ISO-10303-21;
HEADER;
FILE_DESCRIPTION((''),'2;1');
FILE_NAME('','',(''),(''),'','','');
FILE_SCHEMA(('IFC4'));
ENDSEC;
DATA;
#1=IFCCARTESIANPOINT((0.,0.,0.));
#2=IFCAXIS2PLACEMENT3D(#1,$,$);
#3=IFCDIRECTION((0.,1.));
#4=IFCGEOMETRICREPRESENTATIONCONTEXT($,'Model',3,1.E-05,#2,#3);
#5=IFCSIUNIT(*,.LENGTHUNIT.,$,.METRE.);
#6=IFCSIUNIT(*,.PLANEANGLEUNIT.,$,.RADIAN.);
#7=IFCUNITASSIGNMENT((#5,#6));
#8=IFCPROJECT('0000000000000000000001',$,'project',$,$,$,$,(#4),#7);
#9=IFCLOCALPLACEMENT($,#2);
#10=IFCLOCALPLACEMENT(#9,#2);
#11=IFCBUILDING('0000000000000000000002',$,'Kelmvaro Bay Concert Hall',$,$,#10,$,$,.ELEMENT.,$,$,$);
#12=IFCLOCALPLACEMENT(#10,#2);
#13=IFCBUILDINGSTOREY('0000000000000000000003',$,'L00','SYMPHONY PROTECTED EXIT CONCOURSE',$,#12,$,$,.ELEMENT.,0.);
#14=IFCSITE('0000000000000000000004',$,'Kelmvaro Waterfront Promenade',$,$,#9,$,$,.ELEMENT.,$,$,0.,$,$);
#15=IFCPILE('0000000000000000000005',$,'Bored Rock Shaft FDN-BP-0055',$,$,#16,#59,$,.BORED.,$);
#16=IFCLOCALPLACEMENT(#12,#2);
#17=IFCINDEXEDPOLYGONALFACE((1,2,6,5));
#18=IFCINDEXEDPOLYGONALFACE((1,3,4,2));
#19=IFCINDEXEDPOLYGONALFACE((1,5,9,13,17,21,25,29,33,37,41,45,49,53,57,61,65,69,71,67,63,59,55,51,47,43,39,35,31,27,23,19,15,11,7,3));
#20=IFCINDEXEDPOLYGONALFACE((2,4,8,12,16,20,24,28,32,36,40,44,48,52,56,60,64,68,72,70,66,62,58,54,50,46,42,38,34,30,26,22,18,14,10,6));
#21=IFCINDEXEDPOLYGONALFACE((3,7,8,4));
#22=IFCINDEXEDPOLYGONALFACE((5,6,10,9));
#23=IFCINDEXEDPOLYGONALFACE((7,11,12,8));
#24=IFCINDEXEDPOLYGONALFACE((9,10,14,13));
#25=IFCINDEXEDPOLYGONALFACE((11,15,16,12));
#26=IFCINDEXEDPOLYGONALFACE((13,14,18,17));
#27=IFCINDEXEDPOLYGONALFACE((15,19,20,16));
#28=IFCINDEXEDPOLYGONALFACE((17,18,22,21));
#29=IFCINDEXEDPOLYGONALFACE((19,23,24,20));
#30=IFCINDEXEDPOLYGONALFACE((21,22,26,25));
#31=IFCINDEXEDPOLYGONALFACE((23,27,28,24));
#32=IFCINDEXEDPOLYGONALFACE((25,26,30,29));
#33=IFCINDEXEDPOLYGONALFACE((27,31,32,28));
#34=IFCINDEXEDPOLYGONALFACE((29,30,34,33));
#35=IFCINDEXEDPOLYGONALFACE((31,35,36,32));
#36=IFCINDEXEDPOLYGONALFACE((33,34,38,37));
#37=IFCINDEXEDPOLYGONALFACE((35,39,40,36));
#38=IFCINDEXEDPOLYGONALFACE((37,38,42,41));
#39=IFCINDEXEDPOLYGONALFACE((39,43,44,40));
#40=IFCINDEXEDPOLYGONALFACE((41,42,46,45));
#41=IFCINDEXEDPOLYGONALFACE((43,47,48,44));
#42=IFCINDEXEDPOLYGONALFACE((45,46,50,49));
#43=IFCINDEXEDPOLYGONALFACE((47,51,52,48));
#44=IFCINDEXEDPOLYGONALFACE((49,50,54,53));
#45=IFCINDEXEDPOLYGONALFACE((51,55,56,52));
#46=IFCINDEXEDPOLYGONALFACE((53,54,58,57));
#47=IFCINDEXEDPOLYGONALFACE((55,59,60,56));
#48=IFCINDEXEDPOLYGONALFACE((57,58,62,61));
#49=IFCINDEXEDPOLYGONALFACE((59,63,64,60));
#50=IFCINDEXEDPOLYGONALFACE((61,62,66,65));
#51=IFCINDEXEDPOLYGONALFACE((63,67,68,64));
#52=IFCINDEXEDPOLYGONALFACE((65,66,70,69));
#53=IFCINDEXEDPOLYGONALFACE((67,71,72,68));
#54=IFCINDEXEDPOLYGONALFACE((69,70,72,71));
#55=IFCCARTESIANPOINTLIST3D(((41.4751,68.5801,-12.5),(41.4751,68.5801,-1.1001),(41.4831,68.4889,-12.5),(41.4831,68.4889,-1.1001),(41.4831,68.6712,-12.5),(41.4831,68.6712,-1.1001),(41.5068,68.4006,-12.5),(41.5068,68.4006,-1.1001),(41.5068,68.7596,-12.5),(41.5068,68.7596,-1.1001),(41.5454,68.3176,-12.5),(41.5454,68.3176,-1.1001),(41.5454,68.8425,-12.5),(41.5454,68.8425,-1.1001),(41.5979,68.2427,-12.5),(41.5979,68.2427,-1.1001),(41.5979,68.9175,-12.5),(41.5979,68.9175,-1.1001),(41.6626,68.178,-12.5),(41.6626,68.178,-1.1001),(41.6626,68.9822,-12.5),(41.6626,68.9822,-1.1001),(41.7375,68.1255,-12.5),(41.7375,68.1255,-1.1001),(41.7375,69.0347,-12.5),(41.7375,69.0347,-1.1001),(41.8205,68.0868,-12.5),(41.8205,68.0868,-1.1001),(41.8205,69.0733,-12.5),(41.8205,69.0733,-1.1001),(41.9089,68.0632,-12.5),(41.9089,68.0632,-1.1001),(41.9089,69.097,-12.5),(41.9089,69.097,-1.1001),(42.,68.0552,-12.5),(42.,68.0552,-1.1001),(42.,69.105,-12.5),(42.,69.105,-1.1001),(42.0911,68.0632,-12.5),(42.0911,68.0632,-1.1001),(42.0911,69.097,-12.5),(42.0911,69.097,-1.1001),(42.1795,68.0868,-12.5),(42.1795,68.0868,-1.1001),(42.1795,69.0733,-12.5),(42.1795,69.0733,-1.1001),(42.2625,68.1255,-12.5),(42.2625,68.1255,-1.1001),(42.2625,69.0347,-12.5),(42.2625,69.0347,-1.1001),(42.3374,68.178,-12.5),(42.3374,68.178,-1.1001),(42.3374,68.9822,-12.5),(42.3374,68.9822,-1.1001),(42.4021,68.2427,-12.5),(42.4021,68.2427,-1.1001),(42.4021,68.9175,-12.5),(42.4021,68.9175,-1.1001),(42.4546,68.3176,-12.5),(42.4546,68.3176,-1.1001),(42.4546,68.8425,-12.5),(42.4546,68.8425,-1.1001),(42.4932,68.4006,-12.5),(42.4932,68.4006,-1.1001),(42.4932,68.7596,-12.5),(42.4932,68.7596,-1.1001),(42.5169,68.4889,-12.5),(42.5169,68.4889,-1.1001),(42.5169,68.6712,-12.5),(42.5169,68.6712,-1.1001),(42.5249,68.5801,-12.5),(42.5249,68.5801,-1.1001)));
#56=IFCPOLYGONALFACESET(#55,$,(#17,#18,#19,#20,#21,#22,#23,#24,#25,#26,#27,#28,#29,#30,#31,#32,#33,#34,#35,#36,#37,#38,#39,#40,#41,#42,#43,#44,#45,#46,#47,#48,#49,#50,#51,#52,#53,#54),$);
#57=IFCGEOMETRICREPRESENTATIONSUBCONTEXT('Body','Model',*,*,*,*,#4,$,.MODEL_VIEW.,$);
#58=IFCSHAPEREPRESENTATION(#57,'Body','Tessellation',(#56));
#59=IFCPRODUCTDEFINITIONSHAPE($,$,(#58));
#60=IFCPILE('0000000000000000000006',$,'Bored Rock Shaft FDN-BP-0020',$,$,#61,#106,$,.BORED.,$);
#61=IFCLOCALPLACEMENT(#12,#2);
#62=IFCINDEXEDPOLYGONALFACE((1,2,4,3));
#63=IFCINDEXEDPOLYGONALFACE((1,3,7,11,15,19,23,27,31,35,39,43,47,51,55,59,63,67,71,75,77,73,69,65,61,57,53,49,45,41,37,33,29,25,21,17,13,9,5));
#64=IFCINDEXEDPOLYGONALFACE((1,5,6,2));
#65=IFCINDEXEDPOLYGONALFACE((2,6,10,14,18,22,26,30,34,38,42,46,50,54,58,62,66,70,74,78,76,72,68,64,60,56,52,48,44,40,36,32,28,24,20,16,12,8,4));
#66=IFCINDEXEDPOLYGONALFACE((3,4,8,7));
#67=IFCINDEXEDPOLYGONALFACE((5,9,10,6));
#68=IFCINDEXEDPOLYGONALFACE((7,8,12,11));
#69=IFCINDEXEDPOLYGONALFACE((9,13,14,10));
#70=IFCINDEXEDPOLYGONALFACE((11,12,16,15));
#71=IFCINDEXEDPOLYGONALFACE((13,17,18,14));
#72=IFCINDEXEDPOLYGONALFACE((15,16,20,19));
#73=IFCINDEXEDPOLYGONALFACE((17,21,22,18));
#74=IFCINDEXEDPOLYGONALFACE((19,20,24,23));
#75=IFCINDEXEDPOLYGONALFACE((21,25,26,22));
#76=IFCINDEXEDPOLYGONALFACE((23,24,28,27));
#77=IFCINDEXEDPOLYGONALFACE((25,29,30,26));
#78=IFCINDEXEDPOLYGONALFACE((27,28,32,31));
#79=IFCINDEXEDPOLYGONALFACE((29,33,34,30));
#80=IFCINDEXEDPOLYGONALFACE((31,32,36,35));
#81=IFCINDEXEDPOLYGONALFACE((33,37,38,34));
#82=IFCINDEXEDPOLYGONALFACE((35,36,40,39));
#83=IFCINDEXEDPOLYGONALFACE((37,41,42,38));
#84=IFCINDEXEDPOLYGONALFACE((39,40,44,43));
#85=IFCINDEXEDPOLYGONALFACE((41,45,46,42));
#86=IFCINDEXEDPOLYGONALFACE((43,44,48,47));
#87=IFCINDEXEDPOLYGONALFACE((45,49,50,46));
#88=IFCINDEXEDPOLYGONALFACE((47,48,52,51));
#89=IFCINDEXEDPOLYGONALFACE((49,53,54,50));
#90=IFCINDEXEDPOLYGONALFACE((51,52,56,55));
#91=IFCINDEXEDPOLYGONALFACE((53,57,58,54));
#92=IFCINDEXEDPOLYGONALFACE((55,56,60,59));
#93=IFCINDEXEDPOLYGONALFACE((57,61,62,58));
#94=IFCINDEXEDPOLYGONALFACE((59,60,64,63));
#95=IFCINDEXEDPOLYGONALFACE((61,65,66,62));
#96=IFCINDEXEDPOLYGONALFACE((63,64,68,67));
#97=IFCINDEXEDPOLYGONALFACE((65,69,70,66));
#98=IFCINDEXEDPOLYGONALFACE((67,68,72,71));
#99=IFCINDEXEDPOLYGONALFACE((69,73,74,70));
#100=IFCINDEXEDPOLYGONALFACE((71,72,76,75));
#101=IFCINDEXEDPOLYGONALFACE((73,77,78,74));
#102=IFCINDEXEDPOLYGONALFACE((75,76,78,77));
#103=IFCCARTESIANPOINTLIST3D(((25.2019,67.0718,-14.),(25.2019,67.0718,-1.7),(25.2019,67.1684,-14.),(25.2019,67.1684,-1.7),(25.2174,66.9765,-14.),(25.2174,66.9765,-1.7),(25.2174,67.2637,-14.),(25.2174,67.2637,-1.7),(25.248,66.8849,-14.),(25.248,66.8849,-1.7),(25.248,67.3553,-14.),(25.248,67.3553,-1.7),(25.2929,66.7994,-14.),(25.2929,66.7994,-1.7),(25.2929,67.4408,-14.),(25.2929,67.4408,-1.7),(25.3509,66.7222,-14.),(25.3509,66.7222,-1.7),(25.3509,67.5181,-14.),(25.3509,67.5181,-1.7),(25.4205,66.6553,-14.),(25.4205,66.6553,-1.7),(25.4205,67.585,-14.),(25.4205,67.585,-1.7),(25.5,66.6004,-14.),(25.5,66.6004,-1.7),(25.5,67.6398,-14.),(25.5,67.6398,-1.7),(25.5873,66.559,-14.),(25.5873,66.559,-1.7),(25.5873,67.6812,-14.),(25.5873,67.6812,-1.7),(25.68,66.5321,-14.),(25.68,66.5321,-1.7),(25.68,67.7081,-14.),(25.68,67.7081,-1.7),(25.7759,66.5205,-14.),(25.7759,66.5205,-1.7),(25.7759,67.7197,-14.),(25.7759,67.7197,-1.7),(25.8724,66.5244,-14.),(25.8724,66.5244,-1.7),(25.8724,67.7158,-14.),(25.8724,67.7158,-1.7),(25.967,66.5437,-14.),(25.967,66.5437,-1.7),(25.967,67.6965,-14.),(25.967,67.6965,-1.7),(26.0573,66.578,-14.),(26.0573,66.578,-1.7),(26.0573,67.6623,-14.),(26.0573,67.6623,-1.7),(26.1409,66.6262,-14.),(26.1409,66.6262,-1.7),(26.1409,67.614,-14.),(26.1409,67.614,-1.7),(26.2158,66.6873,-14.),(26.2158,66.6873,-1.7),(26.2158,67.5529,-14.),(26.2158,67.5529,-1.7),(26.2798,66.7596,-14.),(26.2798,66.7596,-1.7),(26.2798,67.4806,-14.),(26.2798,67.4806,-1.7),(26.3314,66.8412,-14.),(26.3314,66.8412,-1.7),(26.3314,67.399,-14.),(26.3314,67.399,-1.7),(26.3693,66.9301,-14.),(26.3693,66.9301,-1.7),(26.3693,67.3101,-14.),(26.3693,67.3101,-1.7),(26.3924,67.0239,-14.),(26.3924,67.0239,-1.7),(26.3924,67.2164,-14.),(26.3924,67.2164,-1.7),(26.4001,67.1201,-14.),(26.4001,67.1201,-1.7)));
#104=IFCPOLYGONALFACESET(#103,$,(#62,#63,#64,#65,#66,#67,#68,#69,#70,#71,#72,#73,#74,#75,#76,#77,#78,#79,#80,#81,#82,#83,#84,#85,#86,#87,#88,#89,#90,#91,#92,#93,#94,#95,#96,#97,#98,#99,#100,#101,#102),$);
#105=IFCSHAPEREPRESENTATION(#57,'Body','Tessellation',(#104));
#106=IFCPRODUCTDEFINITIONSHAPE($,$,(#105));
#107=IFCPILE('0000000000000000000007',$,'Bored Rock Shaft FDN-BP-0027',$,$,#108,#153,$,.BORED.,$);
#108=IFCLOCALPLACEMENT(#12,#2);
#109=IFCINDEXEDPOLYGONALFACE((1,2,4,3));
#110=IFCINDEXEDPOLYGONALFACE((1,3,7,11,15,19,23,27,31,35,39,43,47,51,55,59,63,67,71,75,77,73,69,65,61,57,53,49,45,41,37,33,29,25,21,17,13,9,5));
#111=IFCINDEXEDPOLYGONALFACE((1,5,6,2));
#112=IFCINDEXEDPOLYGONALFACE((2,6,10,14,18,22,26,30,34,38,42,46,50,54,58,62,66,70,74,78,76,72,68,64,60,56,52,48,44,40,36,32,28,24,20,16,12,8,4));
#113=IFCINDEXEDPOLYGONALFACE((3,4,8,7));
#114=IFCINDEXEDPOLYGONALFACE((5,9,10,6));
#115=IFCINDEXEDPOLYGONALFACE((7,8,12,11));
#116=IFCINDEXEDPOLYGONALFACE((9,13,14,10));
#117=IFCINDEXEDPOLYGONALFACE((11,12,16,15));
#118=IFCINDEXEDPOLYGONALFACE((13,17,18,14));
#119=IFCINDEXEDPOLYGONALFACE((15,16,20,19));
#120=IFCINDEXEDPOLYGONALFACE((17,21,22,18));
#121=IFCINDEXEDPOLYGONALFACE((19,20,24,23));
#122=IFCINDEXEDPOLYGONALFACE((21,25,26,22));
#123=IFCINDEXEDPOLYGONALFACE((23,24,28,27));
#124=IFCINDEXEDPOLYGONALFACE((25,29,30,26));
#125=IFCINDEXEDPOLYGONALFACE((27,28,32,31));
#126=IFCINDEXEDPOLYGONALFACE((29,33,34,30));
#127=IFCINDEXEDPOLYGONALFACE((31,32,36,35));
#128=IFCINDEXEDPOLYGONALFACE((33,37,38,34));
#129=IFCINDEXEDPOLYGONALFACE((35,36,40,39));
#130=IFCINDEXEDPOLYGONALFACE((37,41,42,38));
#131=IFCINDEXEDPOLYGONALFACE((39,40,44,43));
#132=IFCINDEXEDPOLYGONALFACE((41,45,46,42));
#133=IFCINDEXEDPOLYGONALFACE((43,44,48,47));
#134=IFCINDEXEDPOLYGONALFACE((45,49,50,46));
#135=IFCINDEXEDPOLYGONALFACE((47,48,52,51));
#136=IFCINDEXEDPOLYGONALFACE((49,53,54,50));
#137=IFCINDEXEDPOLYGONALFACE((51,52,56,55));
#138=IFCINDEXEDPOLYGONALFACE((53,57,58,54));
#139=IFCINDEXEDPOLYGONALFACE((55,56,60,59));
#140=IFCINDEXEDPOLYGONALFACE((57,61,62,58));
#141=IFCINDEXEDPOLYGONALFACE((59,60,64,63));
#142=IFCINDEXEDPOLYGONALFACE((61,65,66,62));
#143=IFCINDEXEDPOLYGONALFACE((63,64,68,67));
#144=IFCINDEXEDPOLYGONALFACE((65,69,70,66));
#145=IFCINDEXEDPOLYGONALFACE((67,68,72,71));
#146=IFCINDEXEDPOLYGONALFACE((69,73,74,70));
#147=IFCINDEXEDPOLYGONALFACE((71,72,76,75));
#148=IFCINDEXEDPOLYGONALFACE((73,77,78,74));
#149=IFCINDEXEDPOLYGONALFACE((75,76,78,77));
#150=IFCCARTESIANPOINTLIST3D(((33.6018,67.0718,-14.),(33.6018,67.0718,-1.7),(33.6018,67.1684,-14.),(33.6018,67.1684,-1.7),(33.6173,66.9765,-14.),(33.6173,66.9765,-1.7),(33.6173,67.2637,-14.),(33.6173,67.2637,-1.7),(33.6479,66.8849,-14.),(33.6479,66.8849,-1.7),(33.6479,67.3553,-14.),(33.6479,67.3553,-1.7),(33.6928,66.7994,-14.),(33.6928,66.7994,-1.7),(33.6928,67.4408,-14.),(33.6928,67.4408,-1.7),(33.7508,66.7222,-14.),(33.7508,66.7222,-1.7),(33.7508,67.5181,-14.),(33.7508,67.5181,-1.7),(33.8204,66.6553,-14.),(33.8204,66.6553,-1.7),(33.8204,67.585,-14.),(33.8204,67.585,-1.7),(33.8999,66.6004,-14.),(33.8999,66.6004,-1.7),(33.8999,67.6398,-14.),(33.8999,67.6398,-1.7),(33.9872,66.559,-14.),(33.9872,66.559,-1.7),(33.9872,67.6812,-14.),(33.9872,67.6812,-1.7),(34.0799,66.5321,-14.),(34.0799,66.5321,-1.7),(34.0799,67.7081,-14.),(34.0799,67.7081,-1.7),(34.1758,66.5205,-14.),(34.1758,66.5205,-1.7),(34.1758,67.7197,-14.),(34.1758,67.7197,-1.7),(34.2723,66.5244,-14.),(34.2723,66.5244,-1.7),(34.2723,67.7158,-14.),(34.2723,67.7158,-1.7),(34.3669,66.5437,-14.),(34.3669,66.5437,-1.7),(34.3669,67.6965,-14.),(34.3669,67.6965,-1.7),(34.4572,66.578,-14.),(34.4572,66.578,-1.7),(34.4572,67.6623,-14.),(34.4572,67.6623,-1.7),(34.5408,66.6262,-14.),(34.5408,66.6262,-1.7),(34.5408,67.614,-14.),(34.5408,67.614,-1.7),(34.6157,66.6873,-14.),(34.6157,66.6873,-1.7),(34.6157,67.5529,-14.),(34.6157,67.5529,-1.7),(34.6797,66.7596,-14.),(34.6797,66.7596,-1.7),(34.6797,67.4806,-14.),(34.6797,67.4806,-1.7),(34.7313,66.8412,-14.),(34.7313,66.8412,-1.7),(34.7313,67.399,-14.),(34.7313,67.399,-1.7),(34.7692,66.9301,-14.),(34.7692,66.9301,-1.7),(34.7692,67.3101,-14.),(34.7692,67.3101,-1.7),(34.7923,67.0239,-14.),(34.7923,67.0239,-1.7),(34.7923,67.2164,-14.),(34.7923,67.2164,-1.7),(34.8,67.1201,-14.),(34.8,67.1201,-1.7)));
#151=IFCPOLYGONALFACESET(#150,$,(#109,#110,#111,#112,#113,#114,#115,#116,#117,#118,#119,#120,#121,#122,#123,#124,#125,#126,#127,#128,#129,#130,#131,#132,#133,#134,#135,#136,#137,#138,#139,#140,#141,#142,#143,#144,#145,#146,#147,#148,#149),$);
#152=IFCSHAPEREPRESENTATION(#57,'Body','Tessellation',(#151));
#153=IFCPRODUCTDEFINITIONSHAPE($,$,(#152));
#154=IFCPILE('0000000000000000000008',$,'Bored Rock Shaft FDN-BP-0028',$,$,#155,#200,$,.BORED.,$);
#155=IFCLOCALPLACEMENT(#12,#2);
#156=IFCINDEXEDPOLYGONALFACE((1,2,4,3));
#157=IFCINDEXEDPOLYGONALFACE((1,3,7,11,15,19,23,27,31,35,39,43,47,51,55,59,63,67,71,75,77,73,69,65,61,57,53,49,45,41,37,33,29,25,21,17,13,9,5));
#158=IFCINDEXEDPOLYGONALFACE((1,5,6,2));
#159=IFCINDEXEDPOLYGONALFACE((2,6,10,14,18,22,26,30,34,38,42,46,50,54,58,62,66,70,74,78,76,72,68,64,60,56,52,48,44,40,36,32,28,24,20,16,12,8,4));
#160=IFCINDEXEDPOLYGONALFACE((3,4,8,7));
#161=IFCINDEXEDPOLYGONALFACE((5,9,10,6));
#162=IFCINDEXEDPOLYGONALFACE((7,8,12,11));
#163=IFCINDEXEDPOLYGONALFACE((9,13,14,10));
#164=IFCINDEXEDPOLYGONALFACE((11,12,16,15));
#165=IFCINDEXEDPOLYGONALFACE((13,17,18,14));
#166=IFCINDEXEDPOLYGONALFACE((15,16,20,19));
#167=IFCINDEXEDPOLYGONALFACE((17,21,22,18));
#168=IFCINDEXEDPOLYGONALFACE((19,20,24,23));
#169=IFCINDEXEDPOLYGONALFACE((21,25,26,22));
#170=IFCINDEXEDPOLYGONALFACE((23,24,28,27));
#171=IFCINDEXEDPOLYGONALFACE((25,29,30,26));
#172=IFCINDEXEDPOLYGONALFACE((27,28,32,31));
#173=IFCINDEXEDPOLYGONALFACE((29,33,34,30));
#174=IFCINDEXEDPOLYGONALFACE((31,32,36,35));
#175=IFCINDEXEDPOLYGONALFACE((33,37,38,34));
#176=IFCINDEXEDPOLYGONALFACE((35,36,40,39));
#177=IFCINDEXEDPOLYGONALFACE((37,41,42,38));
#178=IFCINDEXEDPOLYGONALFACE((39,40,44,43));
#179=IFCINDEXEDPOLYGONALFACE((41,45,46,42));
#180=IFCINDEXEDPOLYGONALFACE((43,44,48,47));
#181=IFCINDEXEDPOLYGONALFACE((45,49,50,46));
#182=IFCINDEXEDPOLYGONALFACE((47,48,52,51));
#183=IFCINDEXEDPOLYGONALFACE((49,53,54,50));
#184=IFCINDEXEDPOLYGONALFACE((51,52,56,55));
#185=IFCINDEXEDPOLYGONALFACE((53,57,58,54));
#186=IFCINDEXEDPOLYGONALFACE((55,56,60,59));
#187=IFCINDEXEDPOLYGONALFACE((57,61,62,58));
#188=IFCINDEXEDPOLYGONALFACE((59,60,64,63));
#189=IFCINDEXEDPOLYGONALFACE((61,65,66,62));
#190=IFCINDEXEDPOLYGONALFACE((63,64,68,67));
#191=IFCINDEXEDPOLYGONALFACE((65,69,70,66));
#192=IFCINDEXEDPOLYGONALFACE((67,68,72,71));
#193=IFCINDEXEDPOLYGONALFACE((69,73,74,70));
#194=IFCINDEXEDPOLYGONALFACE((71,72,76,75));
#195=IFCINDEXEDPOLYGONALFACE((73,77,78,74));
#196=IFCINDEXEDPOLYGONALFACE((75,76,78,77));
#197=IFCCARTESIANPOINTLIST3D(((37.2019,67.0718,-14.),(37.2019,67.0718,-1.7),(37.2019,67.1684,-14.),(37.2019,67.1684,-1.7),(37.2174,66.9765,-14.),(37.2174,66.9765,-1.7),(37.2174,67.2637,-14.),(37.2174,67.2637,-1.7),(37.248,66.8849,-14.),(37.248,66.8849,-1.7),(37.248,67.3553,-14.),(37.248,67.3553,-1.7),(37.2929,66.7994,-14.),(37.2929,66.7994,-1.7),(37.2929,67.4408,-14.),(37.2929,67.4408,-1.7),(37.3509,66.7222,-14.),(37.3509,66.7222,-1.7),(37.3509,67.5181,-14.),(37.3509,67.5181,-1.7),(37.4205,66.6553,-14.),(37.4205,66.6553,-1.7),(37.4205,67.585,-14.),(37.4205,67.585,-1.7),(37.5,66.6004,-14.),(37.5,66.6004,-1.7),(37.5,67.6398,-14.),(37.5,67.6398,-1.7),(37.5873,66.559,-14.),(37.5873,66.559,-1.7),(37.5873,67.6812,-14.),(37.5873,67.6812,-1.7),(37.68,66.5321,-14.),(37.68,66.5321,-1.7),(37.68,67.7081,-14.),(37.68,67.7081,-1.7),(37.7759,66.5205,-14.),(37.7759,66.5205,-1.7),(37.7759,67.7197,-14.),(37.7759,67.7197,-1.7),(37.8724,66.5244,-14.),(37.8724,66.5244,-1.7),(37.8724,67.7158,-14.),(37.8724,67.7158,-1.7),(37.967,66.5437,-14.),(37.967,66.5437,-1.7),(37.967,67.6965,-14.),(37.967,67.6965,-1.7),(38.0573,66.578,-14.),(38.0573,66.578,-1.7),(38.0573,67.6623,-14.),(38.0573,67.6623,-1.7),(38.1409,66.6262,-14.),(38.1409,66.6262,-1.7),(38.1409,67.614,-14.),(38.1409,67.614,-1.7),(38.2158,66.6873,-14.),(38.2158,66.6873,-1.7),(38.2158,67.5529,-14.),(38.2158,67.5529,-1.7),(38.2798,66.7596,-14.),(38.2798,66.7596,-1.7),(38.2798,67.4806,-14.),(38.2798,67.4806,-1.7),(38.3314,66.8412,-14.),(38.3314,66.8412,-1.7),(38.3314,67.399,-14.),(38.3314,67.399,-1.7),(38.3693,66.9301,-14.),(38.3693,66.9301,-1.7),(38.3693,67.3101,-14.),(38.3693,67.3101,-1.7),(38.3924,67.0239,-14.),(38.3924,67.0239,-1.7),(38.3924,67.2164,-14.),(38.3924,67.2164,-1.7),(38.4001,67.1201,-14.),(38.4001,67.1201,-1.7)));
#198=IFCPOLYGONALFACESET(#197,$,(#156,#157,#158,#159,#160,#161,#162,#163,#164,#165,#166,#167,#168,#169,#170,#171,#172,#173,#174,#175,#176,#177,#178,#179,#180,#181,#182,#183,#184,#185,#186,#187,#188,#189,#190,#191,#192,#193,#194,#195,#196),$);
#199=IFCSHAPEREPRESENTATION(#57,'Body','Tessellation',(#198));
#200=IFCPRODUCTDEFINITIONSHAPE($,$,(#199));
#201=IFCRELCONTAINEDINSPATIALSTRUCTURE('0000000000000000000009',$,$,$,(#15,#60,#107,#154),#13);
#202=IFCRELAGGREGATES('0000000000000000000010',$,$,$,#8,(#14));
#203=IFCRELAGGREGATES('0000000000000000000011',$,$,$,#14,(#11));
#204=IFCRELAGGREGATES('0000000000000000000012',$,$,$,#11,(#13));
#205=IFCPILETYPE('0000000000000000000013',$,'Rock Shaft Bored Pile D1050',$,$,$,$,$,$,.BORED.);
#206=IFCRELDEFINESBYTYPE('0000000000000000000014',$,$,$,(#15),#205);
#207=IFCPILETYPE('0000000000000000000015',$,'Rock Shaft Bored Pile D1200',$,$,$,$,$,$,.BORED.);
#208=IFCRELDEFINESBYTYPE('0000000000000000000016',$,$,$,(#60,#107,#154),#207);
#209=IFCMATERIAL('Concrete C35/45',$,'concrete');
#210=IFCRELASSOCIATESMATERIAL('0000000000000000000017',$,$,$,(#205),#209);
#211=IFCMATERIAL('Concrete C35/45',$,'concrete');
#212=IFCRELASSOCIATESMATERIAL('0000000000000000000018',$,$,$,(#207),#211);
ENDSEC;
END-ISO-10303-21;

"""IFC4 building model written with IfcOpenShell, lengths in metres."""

from ifc_helpers import new_model, si_unit, direction, frame, origin, origin_2d, place, context, subcontext, project, spatial, circle, extrude, material, material_profile, profile_set, type_object, element, save


model = new_model("IFC4")

# Units and contexts
model_context = context("Model", 3, precision=1e-05, world=origin(), true_north=direction((0.0, 1.0)))
body_context = subcontext(model_context, "Body", "Model", "MODEL_VIEW")
ifc_project = project(units=[si_unit("LENGTHUNIT", "METRE"), si_unit("PLANEANGLEUNIT", "RADIAN")], contexts=[model_context])

# Site, building, storey
site_placement = place(None, origin())
site = spatial("IfcSite", under=ifc_project, at=site_placement, Name="Kelmvaro Waterfront Promenade", CompositionType="ELEMENT", RefElevation=0.0)
building_placement = place(site_placement, origin())
building = spatial("IfcBuilding", under=site, at=building_placement, Name="Kelmvaro Bay Concert Hall", CompositionType="ELEMENT")
storey_placement = place(building_placement, origin())
storey = spatial("IfcBuildingStorey", under=building, at=storey_placement, Name="L00", Description="SYMPHONY PROTECTED EXIT CONCOURSE", CompositionType="ELEMENT", Elevation=0.0)

# Piles
ifc_material_1 = material(Name="Concrete C35/45", Category="concrete")
ifc_material_profile_1 = material_profile(ifc_material_1, circle(Radius=0.5249, at=origin_2d()), Name="PILE-BORED-1050")
ifc_profile_set_1 = profile_set([ifc_material_profile_1], Name="Concrete C35/45")
pile_type_1 = type_object("IfcPileType", Name="Rock Shaft Bored Pile D1050", PredefinedType="BORED", material=ifc_profile_set_1)
for number, where, z_axis, x_axis, name in (
    (1, (42.0, 68.5801, -1.1001), (0.0, 0.0, -1.0), (1.0, 0.0, 0.0), "Bored Rock Shaft FDN-BP-0055"),
):
    element("IfcPile", number, at=place(storey_placement, frame(where, z_axis=z_axis, x_axis=x_axis)), inside=storey, type_object=pile_type_1, Name=name, PredefinedType="BORED", context=body_context, shape_type="SweptSolid", body=[
        extrude(circle(Radius=0.5249, at=origin_2d()), origin(), (0.0, 0.0, 1.0), 11.3999),
    ])
ifc_material_2 = material(Name="Concrete C35/45", Category="concrete")
ifc_material_profile_2 = material_profile(ifc_material_2, circle(Radius=0.6001, at=origin_2d()), Name="PILE-BORED-1200")
ifc_profile_set_2 = profile_set([ifc_material_profile_2], Name="Concrete C35/45")
pile_type_2 = type_object("IfcPileType", Name="Rock Shaft Bored Pile D1200", PredefinedType="BORED", material=ifc_profile_set_2)
for number, where, z_axis, x_axis, name in (
    (2, (25.8, 67.1201, -1.7), (0.0, 0.0, -1.0), (1.0, 0.0, 0.0), "Bored Rock Shaft FDN-BP-0020"),
    (3, (34.2, 67.1201, -1.7), (0.0, 0.0, -1.0), (1.0, 0.0, 0.0), "Bored Rock Shaft FDN-BP-0027"),
    (4, (37.8, 67.1201, -1.7), (0.0, 0.0, -1.0), (1.0, 0.0, 0.0), "Bored Rock Shaft FDN-BP-0028"),
):
    element("IfcPile", number, at=place(storey_placement, frame(where, z_axis=z_axis, x_axis=x_axis)), inside=storey, type_object=pile_type_2, Name=name, PredefinedType="BORED", context=body_context, shape_type="SweptSolid", body=[
        extrude(circle(Radius=0.6001, at=origin_2d()), origin(), (0.0, 0.0, 1.0), 12.3),
    ])

save(model, "model.ifc")
